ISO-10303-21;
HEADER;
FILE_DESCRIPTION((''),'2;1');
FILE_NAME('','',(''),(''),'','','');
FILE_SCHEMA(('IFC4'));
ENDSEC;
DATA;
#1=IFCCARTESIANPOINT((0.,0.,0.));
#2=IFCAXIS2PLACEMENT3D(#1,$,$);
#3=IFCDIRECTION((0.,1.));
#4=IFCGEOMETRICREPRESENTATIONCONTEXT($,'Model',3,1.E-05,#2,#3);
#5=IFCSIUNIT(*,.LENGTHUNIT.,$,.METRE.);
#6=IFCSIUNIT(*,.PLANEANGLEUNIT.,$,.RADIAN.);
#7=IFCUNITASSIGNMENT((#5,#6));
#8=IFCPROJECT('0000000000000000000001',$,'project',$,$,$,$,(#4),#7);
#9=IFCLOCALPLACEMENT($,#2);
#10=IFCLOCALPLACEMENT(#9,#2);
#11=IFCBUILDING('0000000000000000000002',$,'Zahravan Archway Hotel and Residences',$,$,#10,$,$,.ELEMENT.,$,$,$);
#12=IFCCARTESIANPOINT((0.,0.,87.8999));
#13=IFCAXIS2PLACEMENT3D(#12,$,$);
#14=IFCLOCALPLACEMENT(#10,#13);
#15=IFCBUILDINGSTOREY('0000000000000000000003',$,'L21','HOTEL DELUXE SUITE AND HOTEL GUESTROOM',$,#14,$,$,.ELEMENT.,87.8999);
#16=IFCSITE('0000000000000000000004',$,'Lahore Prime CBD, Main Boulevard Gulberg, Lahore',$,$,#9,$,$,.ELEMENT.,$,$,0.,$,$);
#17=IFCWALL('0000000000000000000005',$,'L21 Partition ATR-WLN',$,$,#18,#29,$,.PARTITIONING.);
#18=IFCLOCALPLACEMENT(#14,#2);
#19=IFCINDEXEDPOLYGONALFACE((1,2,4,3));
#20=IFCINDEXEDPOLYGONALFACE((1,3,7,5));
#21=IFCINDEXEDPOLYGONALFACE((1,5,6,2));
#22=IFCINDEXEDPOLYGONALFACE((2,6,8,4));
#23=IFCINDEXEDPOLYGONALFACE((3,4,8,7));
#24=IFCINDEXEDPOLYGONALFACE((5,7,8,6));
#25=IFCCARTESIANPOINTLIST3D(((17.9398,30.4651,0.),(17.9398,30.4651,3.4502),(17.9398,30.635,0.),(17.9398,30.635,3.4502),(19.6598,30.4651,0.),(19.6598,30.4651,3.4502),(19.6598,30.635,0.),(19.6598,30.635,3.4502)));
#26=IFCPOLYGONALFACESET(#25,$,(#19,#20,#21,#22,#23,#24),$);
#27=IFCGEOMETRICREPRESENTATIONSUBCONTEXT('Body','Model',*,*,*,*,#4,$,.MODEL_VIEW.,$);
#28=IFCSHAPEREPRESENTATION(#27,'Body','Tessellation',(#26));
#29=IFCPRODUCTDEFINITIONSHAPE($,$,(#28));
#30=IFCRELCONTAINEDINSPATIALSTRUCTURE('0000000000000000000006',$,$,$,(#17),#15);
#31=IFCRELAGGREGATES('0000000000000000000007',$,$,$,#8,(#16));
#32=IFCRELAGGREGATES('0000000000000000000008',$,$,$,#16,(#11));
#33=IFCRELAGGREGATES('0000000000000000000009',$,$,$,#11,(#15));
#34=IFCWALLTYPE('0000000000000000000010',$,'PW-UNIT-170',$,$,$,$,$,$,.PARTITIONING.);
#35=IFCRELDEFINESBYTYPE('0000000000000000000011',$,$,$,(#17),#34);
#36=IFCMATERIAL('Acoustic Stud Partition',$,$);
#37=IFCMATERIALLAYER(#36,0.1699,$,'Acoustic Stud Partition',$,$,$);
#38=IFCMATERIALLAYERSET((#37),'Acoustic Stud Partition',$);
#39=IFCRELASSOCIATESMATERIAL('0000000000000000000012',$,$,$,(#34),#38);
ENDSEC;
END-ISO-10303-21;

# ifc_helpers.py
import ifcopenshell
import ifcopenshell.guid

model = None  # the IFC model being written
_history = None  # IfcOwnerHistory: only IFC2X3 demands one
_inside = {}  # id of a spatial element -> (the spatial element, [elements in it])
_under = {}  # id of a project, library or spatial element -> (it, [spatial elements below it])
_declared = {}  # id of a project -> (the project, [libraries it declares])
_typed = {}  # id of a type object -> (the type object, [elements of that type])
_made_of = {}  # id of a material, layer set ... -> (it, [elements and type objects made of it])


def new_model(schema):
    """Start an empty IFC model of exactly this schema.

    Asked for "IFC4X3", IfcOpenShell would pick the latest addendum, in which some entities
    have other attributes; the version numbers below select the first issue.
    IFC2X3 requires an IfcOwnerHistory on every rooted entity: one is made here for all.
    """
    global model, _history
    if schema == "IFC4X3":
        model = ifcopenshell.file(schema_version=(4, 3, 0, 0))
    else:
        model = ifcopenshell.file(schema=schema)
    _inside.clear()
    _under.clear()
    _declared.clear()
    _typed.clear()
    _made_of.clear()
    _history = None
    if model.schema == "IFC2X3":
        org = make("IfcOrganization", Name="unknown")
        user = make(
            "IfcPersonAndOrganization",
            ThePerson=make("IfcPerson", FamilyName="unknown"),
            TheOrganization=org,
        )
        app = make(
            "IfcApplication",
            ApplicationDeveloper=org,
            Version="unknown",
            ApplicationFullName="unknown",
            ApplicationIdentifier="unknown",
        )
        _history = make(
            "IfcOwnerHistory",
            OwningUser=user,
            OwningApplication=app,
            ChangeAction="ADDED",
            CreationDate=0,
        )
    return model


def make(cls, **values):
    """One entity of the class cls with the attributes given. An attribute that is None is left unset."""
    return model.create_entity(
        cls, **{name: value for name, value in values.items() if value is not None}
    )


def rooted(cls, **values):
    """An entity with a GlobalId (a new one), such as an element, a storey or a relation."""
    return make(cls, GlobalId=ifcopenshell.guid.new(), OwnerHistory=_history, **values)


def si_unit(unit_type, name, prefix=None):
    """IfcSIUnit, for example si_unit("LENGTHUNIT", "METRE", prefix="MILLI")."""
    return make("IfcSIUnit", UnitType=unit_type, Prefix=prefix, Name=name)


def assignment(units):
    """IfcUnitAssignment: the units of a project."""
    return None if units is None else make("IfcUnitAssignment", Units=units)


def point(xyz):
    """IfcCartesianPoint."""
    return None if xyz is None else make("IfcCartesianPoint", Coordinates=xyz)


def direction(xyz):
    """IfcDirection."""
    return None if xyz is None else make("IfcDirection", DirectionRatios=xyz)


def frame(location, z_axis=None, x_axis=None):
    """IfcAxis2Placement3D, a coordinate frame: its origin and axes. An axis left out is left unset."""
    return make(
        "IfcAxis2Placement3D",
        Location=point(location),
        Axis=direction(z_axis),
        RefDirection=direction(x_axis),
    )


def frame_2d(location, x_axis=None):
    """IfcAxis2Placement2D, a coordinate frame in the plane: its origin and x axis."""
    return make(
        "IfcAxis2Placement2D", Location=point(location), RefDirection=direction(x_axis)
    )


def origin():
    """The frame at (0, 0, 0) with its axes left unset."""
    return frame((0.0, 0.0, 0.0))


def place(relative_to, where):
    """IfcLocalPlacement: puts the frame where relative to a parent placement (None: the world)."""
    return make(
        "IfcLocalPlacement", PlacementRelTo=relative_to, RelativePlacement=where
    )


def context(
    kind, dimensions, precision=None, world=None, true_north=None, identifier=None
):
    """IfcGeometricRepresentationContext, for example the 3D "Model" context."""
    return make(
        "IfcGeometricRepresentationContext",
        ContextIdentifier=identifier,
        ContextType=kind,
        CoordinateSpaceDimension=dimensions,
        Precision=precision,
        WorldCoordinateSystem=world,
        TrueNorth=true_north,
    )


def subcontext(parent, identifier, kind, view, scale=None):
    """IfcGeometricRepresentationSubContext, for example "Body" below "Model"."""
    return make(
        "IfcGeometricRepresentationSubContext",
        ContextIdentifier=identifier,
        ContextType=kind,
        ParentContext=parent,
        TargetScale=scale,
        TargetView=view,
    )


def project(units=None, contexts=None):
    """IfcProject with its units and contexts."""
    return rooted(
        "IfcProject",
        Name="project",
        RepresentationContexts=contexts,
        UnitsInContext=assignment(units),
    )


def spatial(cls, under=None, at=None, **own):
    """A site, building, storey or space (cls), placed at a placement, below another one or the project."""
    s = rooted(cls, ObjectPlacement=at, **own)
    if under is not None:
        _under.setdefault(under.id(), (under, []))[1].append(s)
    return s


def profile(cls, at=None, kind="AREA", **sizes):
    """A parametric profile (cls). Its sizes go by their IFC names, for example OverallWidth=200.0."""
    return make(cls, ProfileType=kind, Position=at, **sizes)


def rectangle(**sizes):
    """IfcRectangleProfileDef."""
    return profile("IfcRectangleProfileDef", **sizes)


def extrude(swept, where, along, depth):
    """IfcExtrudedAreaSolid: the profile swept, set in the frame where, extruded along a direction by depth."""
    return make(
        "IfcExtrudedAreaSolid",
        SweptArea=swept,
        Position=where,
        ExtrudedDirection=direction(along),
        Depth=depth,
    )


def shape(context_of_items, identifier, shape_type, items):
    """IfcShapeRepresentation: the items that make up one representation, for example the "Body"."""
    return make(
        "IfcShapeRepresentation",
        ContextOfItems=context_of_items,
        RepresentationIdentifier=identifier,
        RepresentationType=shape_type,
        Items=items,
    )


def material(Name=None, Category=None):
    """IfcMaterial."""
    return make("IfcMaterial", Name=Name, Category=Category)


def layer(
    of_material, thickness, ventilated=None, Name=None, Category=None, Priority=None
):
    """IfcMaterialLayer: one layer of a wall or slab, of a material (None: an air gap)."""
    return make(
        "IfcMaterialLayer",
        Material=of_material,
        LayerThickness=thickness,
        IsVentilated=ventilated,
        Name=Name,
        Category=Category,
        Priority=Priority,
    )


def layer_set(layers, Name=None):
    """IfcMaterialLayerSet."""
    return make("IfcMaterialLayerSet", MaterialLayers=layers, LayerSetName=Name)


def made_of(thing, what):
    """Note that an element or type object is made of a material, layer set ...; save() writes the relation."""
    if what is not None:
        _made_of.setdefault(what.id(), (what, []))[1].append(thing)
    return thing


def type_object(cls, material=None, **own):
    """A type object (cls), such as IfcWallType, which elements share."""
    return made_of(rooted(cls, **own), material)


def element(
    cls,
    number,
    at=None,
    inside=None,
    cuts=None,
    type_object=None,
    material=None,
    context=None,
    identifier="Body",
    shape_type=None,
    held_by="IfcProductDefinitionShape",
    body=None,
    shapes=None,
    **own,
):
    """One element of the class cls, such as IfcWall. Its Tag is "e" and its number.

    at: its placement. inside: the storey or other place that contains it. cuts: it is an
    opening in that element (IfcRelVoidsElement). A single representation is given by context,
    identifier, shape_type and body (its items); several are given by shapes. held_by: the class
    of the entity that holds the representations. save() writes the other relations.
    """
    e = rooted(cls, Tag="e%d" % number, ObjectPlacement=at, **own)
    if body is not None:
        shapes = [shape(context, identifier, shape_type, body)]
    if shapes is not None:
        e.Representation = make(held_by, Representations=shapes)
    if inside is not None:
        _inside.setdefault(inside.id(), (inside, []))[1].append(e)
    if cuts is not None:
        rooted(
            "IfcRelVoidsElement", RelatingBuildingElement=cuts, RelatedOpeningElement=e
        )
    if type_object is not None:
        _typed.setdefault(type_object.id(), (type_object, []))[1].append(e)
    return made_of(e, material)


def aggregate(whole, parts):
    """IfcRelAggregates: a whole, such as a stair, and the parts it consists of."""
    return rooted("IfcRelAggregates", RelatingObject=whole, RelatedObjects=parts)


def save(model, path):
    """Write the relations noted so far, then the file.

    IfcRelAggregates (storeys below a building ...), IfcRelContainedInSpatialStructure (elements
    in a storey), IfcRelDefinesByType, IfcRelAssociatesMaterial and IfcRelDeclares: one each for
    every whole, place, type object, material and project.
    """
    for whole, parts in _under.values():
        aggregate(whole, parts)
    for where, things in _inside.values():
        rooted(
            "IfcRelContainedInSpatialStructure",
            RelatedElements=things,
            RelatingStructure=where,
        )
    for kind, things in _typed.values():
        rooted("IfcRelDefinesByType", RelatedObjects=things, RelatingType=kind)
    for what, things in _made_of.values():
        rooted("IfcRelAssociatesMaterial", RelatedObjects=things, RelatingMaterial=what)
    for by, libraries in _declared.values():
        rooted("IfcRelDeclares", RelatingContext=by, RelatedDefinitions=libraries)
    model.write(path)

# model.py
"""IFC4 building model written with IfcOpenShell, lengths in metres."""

from ifc_helpers import new_model, si_unit, direction, frame, frame_2d, origin, place, context, subcontext, project, spatial, rectangle, extrude, material, layer, layer_set, type_object, element, save


model = new_model("IFC4")

# Units and contexts
model_context = context("Model", 3, precision=1e-05, world=origin(), true_north=direction((0.0, 1.0)))
body_context = subcontext(model_context, "Body", "Model", "MODEL_VIEW")
ifc_project = project(units=[si_unit("LENGTHUNIT", "METRE"), si_unit("PLANEANGLEUNIT", "RADIAN")], contexts=[model_context])

# Site, building, storey
site_placement = place(None, origin())
site = spatial("IfcSite", under=ifc_project, at=site_placement, Name="Lahore Prime CBD, Main Boulevard Gulberg, Lahore", CompositionType="ELEMENT", RefElevation=0.0)
building_placement = place(site_placement, origin())
building = spatial("IfcBuilding", under=site, at=building_placement, Name="Zahravan Archway Hotel and Residences", CompositionType="ELEMENT")
storey_placement = place(building_placement, frame((0.0, 0.0, 87.8999)))
storey = spatial("IfcBuildingStorey", under=building, at=storey_placement, Name="L21", Description="HOTEL DELUXE SUITE AND HOTEL GUESTROOM", CompositionType="ELEMENT", Elevation=87.8999)

# Wall
ifc_material_1 = material(Name="Acoustic Stud Partition")
ifc_layer_1 = layer(ifc_material_1, 0.1699, Name="Acoustic Stud Partition")
ifc_layer_set_1 = layer_set([ifc_layer_1], Name="Acoustic Stud Partition")
wall_type_1 = type_object("IfcWallType", Name="PW-UNIT-170", PredefinedType="PARTITIONING", material=ifc_layer_set_1)
wall_1_placement = place(storey_placement, frame((17.9399, 30.55, 0.0), z_axis=(0.0, 0.0, 1.0), x_axis=(1.0, 0.0, 0.0)))
element("IfcWall", 1, at=wall_1_placement, inside=storey, type_object=wall_type_1, Name="L21 Partition ATR-WLN", PredefinedType="PARTITIONING", context=body_context, shape_type="SweptSolid", body=[
    extrude(rectangle(XDim=1.72, YDim=0.1699, at=frame_2d((0.8599, 0.0))), origin(), (0.0, 0.0, 1.0), 3.4502),
])

save(model, "model.ifc")
